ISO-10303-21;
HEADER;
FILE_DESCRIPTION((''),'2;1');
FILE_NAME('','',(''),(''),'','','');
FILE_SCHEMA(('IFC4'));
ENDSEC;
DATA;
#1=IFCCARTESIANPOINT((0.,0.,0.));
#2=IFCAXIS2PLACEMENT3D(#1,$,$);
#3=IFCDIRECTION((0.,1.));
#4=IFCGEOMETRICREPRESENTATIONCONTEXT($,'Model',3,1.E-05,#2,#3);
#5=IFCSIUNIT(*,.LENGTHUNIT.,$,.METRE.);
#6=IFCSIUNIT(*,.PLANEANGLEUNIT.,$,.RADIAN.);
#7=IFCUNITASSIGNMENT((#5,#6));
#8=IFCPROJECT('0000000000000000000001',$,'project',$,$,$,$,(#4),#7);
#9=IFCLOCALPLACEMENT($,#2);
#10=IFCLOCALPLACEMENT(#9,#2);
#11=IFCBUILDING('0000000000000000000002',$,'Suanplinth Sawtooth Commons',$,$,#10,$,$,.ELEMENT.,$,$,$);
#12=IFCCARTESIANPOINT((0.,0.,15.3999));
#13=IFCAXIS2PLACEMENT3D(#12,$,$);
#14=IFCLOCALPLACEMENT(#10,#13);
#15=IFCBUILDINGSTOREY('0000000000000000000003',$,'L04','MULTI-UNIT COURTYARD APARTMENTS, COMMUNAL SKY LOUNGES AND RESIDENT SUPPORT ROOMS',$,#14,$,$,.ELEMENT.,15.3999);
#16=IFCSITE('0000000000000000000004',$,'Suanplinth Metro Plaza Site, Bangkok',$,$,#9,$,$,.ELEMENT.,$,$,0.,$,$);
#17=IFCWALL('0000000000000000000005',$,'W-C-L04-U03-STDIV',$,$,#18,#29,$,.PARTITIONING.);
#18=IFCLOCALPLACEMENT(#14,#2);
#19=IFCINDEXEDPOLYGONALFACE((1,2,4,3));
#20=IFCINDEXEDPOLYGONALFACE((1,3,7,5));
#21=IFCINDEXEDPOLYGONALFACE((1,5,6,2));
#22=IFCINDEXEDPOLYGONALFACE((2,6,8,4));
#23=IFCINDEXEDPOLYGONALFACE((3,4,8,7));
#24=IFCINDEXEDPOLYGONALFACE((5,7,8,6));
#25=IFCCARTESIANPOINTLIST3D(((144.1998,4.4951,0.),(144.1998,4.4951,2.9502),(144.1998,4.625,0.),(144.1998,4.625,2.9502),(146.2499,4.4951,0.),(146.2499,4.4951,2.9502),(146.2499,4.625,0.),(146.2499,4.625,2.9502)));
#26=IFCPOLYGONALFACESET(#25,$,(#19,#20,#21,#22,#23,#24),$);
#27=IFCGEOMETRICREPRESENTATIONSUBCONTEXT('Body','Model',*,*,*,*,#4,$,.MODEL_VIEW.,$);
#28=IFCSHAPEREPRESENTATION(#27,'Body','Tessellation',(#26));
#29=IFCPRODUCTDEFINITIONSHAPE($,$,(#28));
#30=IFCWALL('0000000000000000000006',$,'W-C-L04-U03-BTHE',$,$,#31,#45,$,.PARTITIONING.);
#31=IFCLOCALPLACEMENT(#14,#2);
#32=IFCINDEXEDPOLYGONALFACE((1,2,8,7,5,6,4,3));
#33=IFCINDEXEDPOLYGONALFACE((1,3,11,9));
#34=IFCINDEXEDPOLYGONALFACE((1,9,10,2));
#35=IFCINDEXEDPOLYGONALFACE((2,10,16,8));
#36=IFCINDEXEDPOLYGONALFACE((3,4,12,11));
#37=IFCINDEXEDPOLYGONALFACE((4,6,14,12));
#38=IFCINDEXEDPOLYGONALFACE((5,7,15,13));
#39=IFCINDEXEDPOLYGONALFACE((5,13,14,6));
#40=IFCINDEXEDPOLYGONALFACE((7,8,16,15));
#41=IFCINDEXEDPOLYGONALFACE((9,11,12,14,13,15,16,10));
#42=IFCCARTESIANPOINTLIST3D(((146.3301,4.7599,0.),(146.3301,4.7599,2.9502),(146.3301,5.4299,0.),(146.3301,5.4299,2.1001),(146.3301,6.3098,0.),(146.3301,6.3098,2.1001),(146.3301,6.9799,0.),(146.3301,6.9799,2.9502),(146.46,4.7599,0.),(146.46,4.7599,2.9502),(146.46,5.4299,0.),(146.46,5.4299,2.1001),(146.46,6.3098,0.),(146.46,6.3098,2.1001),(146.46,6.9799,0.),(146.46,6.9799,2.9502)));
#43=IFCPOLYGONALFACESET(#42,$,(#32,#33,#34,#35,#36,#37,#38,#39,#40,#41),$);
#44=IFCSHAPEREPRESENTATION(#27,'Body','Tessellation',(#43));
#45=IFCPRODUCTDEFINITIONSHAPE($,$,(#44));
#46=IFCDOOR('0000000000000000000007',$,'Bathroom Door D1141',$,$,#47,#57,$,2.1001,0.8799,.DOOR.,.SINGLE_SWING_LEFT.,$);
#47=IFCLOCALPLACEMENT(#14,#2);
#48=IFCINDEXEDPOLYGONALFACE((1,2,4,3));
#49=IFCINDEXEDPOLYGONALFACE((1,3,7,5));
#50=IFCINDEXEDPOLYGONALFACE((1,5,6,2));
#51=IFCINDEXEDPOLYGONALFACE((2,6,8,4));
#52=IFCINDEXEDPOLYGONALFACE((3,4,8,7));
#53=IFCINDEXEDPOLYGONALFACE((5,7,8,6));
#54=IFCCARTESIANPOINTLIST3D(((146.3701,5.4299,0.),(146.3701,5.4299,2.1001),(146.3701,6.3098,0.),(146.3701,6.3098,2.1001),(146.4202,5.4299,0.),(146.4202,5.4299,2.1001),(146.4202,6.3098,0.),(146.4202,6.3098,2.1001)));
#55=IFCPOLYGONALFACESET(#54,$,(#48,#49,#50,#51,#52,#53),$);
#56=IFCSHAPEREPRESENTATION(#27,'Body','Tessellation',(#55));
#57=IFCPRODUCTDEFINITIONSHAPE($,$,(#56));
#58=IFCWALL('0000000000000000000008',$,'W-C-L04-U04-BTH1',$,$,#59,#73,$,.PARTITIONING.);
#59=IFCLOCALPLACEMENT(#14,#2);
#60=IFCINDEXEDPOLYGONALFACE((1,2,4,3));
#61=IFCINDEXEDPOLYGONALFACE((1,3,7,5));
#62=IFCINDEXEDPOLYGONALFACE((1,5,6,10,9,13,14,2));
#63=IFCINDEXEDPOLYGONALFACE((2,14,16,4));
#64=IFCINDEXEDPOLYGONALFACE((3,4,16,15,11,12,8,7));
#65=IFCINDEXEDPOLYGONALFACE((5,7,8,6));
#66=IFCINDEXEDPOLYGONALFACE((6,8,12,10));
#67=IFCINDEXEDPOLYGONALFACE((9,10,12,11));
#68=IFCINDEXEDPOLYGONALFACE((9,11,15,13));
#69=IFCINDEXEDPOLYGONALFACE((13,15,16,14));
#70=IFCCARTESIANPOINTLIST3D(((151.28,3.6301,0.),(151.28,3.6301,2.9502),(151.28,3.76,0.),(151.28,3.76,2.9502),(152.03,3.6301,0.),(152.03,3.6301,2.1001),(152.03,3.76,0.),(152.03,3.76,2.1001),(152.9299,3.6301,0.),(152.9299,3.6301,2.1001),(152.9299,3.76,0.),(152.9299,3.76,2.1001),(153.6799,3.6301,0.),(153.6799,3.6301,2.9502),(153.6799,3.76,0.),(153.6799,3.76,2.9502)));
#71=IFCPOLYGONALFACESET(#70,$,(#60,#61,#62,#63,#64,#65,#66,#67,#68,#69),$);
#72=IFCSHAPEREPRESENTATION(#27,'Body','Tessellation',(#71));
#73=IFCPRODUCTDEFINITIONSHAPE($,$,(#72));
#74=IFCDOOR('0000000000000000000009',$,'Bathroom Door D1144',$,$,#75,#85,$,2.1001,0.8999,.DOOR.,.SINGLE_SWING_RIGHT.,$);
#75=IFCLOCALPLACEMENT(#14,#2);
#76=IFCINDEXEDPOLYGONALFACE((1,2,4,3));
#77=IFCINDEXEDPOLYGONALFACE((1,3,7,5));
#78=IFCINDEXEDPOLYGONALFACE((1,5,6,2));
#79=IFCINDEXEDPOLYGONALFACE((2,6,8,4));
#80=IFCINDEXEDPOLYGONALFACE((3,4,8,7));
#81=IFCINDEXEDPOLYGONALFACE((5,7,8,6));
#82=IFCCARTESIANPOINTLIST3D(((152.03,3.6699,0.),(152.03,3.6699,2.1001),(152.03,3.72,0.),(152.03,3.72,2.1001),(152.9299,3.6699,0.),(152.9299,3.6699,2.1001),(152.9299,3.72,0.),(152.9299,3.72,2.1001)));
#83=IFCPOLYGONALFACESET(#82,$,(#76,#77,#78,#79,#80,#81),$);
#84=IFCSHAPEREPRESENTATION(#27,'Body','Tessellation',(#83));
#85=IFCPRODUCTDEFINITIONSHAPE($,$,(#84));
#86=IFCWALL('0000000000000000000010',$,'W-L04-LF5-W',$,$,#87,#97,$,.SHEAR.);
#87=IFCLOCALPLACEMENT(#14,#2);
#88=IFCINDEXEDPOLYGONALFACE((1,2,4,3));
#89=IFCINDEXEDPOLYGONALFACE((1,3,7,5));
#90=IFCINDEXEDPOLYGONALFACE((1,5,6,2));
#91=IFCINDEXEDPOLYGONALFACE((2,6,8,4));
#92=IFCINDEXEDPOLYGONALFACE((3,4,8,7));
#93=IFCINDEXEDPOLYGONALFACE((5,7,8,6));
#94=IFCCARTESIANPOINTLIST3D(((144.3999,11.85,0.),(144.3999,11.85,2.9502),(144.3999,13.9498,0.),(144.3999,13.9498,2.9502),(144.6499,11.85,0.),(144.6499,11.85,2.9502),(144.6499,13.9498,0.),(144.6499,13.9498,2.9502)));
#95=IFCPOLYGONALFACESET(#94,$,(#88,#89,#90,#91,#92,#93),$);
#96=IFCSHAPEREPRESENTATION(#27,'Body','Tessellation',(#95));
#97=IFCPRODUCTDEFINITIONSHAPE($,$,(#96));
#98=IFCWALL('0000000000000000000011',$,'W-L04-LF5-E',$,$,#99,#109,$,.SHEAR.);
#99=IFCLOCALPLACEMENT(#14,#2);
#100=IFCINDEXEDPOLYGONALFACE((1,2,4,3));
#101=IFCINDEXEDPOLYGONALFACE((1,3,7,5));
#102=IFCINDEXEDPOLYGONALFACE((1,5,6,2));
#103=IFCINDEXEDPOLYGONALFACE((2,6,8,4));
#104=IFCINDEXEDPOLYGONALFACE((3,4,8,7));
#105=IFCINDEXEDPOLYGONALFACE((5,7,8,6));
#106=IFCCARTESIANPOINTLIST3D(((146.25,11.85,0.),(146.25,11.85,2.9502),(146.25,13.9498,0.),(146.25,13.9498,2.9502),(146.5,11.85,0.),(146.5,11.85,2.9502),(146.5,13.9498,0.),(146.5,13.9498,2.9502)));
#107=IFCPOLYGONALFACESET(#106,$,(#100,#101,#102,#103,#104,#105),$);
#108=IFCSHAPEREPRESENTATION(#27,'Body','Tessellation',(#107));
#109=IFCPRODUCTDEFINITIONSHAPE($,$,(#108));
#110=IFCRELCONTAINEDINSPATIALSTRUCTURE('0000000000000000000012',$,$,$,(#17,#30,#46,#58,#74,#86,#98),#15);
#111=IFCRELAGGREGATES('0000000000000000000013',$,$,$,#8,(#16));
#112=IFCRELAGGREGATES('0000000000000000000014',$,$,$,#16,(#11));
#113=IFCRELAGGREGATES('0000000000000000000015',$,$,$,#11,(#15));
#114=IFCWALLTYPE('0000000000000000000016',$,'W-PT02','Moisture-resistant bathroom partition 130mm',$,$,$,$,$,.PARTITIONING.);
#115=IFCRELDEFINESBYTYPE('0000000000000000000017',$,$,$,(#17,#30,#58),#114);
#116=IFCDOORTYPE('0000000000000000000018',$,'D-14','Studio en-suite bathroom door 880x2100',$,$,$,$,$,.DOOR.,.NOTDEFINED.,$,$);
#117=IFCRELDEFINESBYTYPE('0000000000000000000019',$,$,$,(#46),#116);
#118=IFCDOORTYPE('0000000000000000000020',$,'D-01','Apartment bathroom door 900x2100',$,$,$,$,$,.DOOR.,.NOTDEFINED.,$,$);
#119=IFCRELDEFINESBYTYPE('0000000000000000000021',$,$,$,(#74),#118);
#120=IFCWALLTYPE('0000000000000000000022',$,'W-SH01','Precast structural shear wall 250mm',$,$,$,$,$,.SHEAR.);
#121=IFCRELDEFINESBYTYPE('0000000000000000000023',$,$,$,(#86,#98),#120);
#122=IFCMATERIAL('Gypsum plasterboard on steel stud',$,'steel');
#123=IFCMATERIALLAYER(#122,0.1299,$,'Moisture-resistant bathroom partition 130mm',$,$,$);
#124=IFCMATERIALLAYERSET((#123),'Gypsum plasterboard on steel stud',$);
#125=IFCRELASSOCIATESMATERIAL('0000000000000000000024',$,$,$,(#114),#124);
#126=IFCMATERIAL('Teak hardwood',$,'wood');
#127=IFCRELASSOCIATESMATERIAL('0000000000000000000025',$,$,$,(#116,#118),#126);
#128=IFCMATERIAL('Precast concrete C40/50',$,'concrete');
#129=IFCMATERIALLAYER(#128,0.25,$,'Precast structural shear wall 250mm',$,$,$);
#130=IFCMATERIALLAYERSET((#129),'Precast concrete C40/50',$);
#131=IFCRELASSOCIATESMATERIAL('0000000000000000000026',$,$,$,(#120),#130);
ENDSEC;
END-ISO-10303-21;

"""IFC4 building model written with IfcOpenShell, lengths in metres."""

from ifc_helpers import new_model, si_unit, direction, frame, frame_2d, origin, place, context, subcontext, project, spatial, rectangle, extrude, material, layer, layer_set, type_object, element, fill, save


model = new_model("IFC4")

# Units and contexts
model_context = context("Model", 3, precision=1e-05, world=origin(), true_north=direction((0.0, 1.0)))
body_context = subcontext(model_context, "Body", "Model", "MODEL_VIEW")
ifc_project = project(units=[si_unit("LENGTHUNIT", "METRE"), si_unit("PLANEANGLEUNIT", "RADIAN")], contexts=[model_context])

# Site, building, storey
site_placement = place(None, origin())
site = spatial("IfcSite", under=ifc_project, at=site_placement, Name="Suanplinth Metro Plaza Site, Bangkok", CompositionType="ELEMENT", RefElevation=0.0)
building_placement = place(site_placement, origin())
building = spatial("IfcBuilding", under=site, at=building_placement, Name="Suanplinth Sawtooth Commons", CompositionType="ELEMENT")
storey_placement = place(building_placement, frame((0.0, 0.0, 15.3999)))
storey = spatial("IfcBuildingStorey", under=building, at=storey_placement, Name="L04", Description="MULTI-UNIT COURTYARD APARTMENTS, COMMUNAL SKY LOUNGES AND RESIDENT SUPPORT ROOMS", CompositionType="ELEMENT", Elevation=15.3999)

# Shared definitions
ifc_material_1 = material(Name="Precast concrete C40/50", Category="concrete")

# Shared definitions
ifc_material_2 = material(Name="Teak hardwood", Category="wood")

# Shared definitions
ifc_material_3 = material(Name="Gypsum plasterboard on steel stud", Category="steel")

# Wall
ifc_layer_1 = layer(ifc_material_3, 0.1299, Name="Moisture-resistant bathroom partition 130mm")
ifc_layer_set_1 = layer_set([ifc_layer_1], Name="Gypsum plasterboard on steel stud")
wall_type_1 = type_object("IfcWallType", Name="W-PT02", Description="Moisture-resistant bathroom partition 130mm", PredefinedType="PARTITIONING", material=ifc_layer_set_1)
wall_1_placement = place(storey_placement, frame((144.2, 4.5601, 0.0), z_axis=(0.0, 0.0, 1.0), x_axis=(1.0, 0.0, 0.0)))
element("IfcWall", 1, at=wall_1_placement, inside=storey, type_object=wall_type_1, Name="W-C-L04-U03-STDIV", PredefinedType="PARTITIONING", context=body_context, shape_type="SweptSolid", body=[
    extrude(rectangle(XDim=2.05, YDim=0.1299, at=frame_2d((1.0249, 0.0))), origin(), (0.0, 0.0, 1.0), 2.9502),
])

# Walls, openings, doors
wall_2_placement = place(storey_placement, frame((146.395, 4.76, 0.0), z_axis=(0.0, 0.0, 1.0), x_axis=(0.0, 1.0, 0.0)))
wall_2 = element("IfcWall", 2, at=wall_2_placement, inside=storey, type_object=wall_type_1, Name="W-C-L04-U03-BTHE", PredefinedType="PARTITIONING", context=body_context, shape_type="SweptSolid", body=[
    extrude(rectangle(XDim=2.22, YDim=0.1299, at=frame_2d((1.1099, 0.0))), origin(), (0.0, 0.0, 1.0), 2.9502),
])
opening_1_placement = place(wall_2_placement, frame((0.6699, 0.0, 0.0)))
opening_1 = element("IfcOpeningElement", 3, at=opening_1_placement, cuts=wall_2, PredefinedType="OPENING", context=body_context, shape_type="SweptSolid", body=[
    extrude(rectangle(XDim=0.8799, YDim=2.1001, at=frame_2d((0.4399, 1.05))), frame((0.0, 0.0798, 0.0), z_axis=(0.0, -1.0, 0.0), x_axis=(1.0, 0.0, 0.0)), (0.0, 0.0, 1.0), 0.1597),
])
door_type_1 = type_object("IfcDoorType", Name="D-14", Description="Studio en-suite bathroom door 880x2100", OperationType="NOTDEFINED", PredefinedType="DOOR", material=ifc_material_2)
door_1_placement = place(opening_1_placement, origin())
door_1 = element("IfcDoor", 4, at=door_1_placement, inside=storey, type_object=door_type_1, Name="Bathroom Door D1141", OperationType="SINGLE_SWING_LEFT", OverallHeight=2.1001, OverallWidth=0.8799, PredefinedType="DOOR", context=body_context, shape_type="SweptSolid", body=[
    extrude(rectangle(XDim=0.8799, YDim=2.1001, at=frame_2d((0.4399, 1.05))), frame((0.0, 0.0249, 0.0), z_axis=(0.0, -1.0, 0.0), x_axis=(1.0, 0.0, 0.0)), (0.0, 0.0, 1.0), 0.05),
])
fill(opening_1, door_1)
wall_3_placement = place(storey_placement, frame((151.28, 3.6951, 0.0), z_axis=(0.0, 0.0, 1.0), x_axis=(1.0, 0.0, 0.0)))
wall_3 = element("IfcWall", 5, at=wall_3_placement, inside=storey, type_object=wall_type_1, Name="W-C-L04-U04-BTH1", PredefinedType="PARTITIONING", context=body_context, shape_type="SweptSolid", body=[
    extrude(rectangle(XDim=2.3999, YDim=0.1299, at=frame_2d((1.2, 0.0))), origin(), (0.0, 0.0, 1.0), 2.9502),
])
opening_2_placement = place(wall_3_placement, frame((0.75, 0.0, 0.0)))
opening_2 = element("IfcOpeningElement", 6, at=opening_2_placement, cuts=wall_3, PredefinedType="OPENING", context=body_context, shape_type="SweptSolid", body=[
    extrude(rectangle(XDim=0.8999, YDim=2.1001, at=frame_2d((0.45, 1.05))), frame((0.0, 0.0798, 0.0), z_axis=(0.0, -1.0, 0.0), x_axis=(1.0, 0.0, 0.0)), (0.0, 0.0, 1.0), 0.1597),
])
door_type_2 = type_object("IfcDoorType", Name="D-01", Description="Apartment bathroom door 900x2100", OperationType="NOTDEFINED", PredefinedType="DOOR", material=ifc_material_2)
door_2_placement = place(opening_2_placement, origin())
door_2 = element("IfcDoor", 7, at=door_2_placement, inside=storey, type_object=door_type_2, Name="Bathroom Door D1144", OperationType="SINGLE_SWING_RIGHT", OverallHeight=2.1001, OverallWidth=0.8999, PredefinedType="DOOR", context=body_context, shape_type="SweptSolid", body=[
    extrude(rectangle(XDim=0.8999, YDim=2.1001, at=frame_2d((0.45, 1.05))), frame((0.0, 0.0249, 0.0), z_axis=(0.0, -1.0, 0.0), x_axis=(1.0, 0.0, 0.0)), (0.0, 0.0, 1.0), 0.05),
])
fill(opening_2, door_2)

# Walls
ifc_layer_2 = layer(ifc_material_1, 0.25, Name="Precast structural shear wall 250mm")
ifc_layer_set_2 = layer_set([ifc_layer_2], Name="Precast concrete C40/50")
wall_type_2 = type_object("IfcWallType", Name="W-SH01", Description="Precast structural shear wall 250mm", PredefinedType="SHEAR", material=ifc_layer_set_2)
for number, where, z_axis, x_axis, name in (
    (8, (144.5249, 11.8501, 0.0), (0.0, 0.0, 1.0), (0.0, 1.0, 0.0), "W-L04-LF5-W"),
    (9, (146.375, 11.8501, 0.0), (0.0, 0.0, 1.0), (0.0, 1.0, 0.0), "W-L04-LF5-E"),
):
    element("IfcWall", number, at=place(storey_placement, frame(where, z_axis=z_axis, x_axis=x_axis)), inside=storey, type_object=wall_type_2, Name=name, PredefinedType="SHEAR", context=body_context, shape_type="SweptSolid", body=[
        extrude(rectangle(XDim=2.0999, YDim=0.25, at=frame_2d((1.0498, 0.0))), origin(), (0.0, 0.0, 1.0), 2.9502),
    ])

save(model, "model.ifc")
